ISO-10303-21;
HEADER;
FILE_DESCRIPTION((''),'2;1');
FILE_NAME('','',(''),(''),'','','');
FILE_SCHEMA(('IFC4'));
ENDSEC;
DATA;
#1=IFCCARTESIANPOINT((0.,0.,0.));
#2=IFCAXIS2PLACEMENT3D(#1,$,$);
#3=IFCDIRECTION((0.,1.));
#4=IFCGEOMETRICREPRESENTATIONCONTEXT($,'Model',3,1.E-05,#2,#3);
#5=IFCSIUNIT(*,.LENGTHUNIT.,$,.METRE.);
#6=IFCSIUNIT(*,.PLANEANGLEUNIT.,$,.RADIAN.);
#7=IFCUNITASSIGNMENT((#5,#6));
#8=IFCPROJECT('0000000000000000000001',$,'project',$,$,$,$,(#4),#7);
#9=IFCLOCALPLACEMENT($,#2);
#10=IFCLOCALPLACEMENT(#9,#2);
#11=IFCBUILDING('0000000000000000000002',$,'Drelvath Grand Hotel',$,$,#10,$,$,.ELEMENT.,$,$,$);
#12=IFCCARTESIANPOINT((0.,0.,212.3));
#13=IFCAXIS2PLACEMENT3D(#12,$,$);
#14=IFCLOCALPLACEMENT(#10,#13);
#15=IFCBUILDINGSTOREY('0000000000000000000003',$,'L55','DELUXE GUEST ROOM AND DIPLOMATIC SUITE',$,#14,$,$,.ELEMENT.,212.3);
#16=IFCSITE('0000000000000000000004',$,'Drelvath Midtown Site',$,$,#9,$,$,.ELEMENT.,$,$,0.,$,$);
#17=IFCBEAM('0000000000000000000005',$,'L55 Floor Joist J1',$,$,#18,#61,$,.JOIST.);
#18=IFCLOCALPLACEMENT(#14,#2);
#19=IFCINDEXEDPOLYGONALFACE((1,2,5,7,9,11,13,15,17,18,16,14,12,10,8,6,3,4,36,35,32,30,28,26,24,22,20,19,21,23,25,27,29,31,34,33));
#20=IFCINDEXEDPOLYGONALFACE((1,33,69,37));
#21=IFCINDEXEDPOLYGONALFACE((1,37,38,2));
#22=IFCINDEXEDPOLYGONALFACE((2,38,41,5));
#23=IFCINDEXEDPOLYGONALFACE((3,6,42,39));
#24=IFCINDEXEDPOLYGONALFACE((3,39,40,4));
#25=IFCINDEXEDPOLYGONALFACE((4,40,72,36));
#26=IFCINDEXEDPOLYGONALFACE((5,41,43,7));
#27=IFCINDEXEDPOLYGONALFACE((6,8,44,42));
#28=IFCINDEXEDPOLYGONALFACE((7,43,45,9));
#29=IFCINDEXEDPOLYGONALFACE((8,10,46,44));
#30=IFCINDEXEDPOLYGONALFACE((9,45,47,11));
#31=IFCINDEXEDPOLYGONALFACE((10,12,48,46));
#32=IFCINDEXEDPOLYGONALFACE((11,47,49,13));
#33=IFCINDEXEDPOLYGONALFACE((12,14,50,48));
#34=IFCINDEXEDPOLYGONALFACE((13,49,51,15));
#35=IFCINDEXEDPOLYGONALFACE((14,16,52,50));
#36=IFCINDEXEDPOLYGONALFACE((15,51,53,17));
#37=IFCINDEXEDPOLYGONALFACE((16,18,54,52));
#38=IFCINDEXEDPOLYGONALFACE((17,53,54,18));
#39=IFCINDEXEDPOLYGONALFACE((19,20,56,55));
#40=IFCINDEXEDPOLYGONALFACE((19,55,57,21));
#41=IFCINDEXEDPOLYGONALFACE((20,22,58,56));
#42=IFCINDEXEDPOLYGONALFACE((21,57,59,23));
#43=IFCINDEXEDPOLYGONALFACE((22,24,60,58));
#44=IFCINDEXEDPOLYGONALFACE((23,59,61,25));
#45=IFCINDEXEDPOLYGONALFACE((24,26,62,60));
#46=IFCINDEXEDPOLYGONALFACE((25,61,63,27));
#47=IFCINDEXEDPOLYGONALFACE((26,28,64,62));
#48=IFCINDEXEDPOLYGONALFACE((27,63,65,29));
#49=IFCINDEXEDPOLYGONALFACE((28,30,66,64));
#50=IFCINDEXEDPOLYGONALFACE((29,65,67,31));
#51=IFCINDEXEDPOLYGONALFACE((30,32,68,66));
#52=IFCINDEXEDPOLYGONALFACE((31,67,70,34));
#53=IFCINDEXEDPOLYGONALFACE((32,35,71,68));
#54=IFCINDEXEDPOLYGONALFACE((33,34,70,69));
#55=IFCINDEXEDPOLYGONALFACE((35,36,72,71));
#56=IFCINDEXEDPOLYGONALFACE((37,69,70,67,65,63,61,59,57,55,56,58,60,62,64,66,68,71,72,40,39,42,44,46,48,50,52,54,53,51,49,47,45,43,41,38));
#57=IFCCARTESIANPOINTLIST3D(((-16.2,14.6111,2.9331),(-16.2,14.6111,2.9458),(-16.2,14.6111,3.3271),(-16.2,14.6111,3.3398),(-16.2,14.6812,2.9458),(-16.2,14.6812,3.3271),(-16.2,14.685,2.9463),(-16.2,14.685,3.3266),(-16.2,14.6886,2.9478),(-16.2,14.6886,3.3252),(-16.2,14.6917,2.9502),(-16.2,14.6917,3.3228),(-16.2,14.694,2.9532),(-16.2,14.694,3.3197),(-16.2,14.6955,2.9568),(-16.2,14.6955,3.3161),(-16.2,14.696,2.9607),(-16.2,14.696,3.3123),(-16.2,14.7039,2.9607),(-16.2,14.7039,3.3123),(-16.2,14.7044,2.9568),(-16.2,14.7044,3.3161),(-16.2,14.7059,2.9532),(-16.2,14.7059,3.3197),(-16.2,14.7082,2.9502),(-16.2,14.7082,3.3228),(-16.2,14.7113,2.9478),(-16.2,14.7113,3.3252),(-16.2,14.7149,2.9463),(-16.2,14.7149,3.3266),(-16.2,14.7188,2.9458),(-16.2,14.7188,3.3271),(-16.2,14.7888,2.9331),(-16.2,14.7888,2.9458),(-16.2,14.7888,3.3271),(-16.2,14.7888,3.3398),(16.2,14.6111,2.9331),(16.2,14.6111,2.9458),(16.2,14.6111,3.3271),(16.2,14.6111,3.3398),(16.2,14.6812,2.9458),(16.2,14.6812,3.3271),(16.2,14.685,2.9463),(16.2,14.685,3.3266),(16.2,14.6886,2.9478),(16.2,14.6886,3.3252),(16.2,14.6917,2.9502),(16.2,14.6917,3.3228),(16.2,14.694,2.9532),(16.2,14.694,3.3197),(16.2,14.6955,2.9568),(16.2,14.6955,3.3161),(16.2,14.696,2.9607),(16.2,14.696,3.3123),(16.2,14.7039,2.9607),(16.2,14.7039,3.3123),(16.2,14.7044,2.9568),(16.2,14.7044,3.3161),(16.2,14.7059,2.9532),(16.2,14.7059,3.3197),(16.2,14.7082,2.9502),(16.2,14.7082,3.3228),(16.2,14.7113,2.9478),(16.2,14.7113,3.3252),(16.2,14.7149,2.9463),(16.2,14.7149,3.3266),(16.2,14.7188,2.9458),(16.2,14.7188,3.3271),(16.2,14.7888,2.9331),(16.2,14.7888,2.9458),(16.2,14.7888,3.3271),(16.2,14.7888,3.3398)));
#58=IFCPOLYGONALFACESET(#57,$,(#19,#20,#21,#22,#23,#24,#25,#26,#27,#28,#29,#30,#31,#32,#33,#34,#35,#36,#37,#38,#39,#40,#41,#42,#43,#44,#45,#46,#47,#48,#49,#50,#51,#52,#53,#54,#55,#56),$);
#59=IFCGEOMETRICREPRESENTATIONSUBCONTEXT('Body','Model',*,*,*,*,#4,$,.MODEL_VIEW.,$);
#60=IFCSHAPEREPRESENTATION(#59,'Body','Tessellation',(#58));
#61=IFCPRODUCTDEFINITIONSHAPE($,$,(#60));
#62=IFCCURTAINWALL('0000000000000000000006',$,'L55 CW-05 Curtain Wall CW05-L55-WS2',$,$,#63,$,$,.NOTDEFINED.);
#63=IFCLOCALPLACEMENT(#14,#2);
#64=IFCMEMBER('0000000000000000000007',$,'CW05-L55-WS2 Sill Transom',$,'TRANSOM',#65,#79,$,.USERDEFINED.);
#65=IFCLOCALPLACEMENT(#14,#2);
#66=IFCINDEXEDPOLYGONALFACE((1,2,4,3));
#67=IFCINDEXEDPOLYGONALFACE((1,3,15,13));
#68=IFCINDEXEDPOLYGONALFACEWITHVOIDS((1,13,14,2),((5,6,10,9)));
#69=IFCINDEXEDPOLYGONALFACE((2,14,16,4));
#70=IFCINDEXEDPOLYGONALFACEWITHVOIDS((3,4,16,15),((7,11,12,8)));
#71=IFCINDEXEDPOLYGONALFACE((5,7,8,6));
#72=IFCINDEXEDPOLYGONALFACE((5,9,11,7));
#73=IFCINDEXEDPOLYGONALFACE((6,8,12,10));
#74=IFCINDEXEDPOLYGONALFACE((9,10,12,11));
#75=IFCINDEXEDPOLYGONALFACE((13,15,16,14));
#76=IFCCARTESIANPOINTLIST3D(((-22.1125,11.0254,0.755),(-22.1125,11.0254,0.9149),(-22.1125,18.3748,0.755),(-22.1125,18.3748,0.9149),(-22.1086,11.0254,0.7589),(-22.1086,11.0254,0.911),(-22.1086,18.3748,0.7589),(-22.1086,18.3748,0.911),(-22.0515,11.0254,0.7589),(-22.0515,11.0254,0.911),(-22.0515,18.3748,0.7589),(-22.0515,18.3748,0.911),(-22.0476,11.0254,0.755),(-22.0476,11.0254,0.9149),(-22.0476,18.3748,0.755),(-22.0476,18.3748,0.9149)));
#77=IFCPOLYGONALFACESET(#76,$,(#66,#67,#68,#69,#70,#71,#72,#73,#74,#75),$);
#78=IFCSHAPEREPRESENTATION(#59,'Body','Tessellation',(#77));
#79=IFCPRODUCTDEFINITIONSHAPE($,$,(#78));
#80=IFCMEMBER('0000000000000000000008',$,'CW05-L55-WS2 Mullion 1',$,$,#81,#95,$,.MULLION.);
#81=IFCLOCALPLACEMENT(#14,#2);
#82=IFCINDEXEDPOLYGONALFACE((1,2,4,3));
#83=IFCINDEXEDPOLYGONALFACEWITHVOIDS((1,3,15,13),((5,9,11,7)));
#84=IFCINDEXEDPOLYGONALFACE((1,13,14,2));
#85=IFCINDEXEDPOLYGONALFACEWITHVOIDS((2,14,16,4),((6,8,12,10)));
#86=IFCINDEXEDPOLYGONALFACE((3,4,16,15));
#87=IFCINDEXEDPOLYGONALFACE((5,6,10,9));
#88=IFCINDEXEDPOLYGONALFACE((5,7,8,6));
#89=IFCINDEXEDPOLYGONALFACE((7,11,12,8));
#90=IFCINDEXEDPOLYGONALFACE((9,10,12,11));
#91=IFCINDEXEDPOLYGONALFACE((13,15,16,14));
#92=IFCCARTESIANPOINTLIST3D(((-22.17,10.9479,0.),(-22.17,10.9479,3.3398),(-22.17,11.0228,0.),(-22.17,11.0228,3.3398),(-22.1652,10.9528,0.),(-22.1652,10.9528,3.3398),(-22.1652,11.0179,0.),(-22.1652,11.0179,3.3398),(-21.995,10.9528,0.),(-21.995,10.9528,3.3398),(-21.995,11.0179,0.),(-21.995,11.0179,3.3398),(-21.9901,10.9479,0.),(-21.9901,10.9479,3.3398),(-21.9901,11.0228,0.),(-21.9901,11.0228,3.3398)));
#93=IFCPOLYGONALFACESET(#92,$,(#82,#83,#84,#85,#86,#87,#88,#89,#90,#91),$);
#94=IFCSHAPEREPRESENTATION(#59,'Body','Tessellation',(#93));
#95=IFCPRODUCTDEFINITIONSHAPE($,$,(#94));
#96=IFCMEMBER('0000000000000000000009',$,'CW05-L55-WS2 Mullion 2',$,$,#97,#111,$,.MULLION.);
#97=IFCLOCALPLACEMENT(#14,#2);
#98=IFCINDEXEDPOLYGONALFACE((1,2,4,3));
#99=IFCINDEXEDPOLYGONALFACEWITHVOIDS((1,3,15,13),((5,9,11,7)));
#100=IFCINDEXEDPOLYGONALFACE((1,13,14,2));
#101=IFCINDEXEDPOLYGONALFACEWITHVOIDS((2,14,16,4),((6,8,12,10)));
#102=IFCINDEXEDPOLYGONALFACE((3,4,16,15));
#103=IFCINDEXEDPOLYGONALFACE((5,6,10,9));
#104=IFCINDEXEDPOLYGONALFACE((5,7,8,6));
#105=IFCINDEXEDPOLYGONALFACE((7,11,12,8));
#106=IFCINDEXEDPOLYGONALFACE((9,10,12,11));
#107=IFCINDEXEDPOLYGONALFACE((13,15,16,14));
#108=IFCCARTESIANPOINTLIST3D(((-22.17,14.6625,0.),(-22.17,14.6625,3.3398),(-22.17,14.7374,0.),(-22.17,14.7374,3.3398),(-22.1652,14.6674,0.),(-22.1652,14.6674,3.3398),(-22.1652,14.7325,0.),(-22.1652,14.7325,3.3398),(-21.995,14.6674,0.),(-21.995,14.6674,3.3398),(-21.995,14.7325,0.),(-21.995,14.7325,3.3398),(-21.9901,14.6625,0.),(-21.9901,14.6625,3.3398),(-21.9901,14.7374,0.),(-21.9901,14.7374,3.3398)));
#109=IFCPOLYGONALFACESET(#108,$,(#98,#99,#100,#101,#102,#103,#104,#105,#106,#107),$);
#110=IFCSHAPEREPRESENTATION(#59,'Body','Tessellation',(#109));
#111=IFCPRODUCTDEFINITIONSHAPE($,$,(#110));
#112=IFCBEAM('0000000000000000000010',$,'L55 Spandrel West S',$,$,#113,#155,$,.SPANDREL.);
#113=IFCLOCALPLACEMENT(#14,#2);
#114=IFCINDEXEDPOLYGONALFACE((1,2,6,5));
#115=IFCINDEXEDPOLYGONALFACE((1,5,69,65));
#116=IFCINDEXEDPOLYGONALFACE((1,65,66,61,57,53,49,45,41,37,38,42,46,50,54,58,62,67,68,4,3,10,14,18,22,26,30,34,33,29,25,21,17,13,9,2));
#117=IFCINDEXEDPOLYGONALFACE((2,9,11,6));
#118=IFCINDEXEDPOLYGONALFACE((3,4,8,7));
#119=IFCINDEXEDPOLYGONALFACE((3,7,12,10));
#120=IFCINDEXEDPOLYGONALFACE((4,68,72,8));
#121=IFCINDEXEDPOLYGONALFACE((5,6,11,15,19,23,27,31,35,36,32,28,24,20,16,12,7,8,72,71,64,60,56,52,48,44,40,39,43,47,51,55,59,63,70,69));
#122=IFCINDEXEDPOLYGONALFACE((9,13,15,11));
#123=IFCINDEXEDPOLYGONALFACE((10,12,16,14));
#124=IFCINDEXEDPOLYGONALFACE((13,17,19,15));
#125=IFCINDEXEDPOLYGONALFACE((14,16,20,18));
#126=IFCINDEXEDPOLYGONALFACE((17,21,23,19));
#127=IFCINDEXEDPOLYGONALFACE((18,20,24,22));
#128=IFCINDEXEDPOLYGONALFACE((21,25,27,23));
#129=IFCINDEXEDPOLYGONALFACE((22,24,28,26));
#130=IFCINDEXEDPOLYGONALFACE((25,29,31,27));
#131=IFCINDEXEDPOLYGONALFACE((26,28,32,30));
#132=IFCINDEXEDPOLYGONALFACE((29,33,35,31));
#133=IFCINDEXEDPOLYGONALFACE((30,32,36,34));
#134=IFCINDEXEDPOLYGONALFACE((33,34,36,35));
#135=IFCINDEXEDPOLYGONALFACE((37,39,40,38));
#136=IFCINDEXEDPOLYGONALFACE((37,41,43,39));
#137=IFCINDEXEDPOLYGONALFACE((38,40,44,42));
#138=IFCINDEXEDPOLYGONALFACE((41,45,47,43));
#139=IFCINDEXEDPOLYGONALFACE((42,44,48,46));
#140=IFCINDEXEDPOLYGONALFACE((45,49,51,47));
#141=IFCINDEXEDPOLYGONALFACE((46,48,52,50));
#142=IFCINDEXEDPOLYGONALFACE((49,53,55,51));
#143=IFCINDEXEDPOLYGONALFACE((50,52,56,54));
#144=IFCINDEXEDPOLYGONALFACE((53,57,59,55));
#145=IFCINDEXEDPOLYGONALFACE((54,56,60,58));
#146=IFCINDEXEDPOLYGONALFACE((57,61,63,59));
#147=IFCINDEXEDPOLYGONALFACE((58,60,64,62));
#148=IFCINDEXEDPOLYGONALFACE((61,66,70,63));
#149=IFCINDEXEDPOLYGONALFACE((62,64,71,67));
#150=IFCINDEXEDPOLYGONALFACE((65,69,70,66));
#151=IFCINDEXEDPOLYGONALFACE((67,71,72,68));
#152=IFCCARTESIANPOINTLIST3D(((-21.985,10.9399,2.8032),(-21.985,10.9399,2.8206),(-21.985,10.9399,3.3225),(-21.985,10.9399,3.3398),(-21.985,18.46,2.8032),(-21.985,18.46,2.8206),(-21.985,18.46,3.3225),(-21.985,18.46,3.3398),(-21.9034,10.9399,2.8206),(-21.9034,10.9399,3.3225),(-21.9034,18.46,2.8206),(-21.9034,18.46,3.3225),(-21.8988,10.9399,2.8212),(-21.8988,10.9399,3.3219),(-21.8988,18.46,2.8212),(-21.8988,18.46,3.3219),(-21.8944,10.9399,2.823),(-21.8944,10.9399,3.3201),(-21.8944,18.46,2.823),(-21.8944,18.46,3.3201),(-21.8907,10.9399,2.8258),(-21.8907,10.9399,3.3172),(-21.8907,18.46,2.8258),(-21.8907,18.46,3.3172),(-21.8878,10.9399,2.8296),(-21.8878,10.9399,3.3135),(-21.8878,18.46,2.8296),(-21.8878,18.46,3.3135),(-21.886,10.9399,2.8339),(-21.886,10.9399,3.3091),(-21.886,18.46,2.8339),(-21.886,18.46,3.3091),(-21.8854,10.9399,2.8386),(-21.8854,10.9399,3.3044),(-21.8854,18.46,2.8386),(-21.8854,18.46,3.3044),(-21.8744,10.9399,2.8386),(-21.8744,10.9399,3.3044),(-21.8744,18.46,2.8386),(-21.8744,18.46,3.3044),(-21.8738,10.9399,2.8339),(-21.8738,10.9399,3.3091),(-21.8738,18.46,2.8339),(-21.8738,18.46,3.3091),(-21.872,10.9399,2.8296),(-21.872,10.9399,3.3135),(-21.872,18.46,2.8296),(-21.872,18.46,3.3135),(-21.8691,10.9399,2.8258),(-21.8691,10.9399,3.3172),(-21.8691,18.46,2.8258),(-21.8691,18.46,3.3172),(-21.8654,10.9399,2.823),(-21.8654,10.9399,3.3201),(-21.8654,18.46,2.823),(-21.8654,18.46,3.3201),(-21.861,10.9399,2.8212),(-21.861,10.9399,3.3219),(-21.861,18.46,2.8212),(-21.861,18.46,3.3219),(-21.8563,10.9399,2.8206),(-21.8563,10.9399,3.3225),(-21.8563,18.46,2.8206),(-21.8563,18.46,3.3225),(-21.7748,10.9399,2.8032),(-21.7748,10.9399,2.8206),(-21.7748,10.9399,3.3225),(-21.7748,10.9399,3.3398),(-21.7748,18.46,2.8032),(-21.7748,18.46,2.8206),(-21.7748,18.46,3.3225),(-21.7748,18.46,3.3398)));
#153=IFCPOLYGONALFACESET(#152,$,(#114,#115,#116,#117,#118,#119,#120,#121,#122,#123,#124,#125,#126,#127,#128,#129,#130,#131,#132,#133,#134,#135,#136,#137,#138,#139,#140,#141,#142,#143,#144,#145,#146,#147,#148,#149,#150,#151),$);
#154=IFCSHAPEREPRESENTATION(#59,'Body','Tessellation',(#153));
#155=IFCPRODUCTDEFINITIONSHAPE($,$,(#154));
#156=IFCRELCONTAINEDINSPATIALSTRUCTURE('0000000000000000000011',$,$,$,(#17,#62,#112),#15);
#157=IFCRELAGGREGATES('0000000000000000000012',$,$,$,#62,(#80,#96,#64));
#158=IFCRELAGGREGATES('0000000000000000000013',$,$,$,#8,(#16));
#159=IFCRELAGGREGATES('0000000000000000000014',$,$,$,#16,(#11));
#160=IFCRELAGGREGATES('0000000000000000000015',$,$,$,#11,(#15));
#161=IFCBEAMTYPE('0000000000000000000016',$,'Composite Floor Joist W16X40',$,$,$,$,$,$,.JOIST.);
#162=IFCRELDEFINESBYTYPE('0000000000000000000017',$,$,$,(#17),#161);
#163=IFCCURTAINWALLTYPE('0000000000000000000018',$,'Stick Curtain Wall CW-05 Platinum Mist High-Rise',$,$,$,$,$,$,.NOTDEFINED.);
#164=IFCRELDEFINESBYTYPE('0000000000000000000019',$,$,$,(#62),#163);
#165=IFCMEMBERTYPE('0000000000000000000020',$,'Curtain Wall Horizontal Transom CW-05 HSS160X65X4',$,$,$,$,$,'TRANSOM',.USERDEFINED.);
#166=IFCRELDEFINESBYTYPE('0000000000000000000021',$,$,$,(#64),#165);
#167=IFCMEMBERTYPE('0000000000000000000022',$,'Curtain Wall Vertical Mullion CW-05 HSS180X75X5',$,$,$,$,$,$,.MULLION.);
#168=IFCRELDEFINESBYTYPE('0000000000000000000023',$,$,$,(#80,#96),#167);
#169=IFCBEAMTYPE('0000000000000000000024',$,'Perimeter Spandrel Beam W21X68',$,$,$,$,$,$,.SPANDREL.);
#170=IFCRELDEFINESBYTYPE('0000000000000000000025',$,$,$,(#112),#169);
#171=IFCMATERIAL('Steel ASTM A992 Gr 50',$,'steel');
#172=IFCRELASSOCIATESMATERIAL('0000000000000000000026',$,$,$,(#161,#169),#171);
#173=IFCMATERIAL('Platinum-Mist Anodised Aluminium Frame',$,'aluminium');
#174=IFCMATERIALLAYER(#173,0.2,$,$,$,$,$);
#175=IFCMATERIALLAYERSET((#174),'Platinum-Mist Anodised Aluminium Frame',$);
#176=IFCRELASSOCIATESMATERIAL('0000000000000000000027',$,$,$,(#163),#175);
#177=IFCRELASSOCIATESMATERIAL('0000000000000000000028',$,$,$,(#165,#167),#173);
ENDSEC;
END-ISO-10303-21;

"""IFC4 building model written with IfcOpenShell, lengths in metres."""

from ifc_helpers import new_model, si_unit, direction, frame, origin, origin_2d, place, context, subcontext, project, spatial, hollow_rectangle, i_section, extrude, material, layer, layer_set, material_profile, profile_set, type_object, element, aggregate, save


model = new_model("IFC4")

# Units and contexts
model_context = context("Model", 3, precision=1e-05, world=origin(), true_north=direction((0.0, 1.0)))
body_context = subcontext(model_context, "Body", "Model", "MODEL_VIEW")
ifc_project = project(units=[si_unit("LENGTHUNIT", "METRE"), si_unit("PLANEANGLEUNIT", "RADIAN")], contexts=[model_context])

# Site, building, storey
site_placement = place(None, origin())
site = spatial("IfcSite", under=ifc_project, at=site_placement, Name="Drelvath Midtown Site", CompositionType="ELEMENT", RefElevation=0.0)
building_placement = place(site_placement, origin())
building = spatial("IfcBuilding", under=site, at=building_placement, Name="Drelvath Grand Hotel", CompositionType="ELEMENT")
storey_placement = place(building_placement, frame((0.0, 0.0, 212.3)))
storey = spatial("IfcBuildingStorey", under=building, at=storey_placement, Name="L55", Description="DELUXE GUEST ROOM AND DIPLOMATIC SUITE", CompositionType="ELEMENT", Elevation=212.3)

# Beam
ifc_material_1 = material(Name="Steel ASTM A992 Gr 50", Category="steel")
ifc_material_profile_1 = material_profile(ifc_material_1, i_section(OverallWidth=0.1777, OverallDepth=0.4067, WebThickness=0.0078, FlangeThickness=0.0127, FilletRadius=0.0149, at=origin_2d()), Name="W16X40")
ifc_profile_set_1 = profile_set([ifc_material_profile_1], Name="Steel ASTM A992 Gr 50")
beam_type_1 = type_object("IfcBeamType", Name="Composite Floor Joist W16X40", PredefinedType="JOIST", material=ifc_profile_set_1)
beam_1_placement = place(storey_placement, frame((-16.2, 14.7, 3.1365), z_axis=(1.0, 0.0, 0.0), x_axis=(0.0, 1.0, 0.0)))
element("IfcBeam", 1, at=beam_1_placement, inside=storey, type_object=beam_type_1, Name="L55 Floor Joist J1", PredefinedType="JOIST", context=body_context, shape_type="SweptSolid", body=[
    extrude(i_section(OverallWidth=0.1777, OverallDepth=0.4067, WebThickness=0.0078, FlangeThickness=0.0127, FilletRadius=0.0149, at=origin_2d()), origin(), (0.0, 0.0, 1.0), 32.3999),
])

# Curtain wall, members
ifc_material_2 = material(Name="Platinum-Mist Anodised Aluminium Frame", Category="aluminium")
ifc_layer_1 = layer(ifc_material_2, 0.2)
ifc_layer_set_1 = layer_set([ifc_layer_1], Name="Platinum-Mist Anodised Aluminium Frame")
curtain_wall_type = type_object("IfcCurtainWallType", Name="Stick Curtain Wall CW-05 Platinum Mist High-Rise", PredefinedType="NOTDEFINED", material=ifc_layer_set_1)
curtain_wall_placement = place(storey_placement, origin())
curtain_wall = element("IfcCurtainWall", 2, at=curtain_wall_placement, inside=storey, type_object=curtain_wall_type, Name="L55 CW-05 Curtain Wall CW05-L55-WS2", PredefinedType="NOTDEFINED")
ifc_material_profile_2 = material_profile(ifc_material_2, hollow_rectangle(XDim=0.0649, YDim=0.1599, WallThickness=0.0039, at=origin_2d()), Name="HSS160X65X4")
ifc_profile_set_2 = profile_set([ifc_material_profile_2], Name="Platinum-Mist Anodised Aluminium Frame")
member_type_1 = type_object("IfcMemberType", Name="Curtain Wall Horizontal Transom CW-05 HSS160X65X4", ElementType="TRANSOM", PredefinedType="USERDEFINED", material=ifc_profile_set_2)
member_1_placement = place(storey_placement, frame((-22.0801, 11.0254, 0.835), z_axis=(0.0, 1.0, 0.0), x_axis=(-1.0, 0.0, 0.0)))
member_1 = element("IfcMember", 3, at=member_1_placement, type_object=member_type_1, Name="CW05-L55-WS2 Sill Transom", ObjectType="TRANSOM", PredefinedType="USERDEFINED", context=body_context, shape_type="SweptSolid", body=[
    extrude(hollow_rectangle(XDim=0.0649, YDim=0.1599, WallThickness=0.0039, at=origin_2d()), origin(), (0.0, 0.0, 1.0), 7.3494),
])
ifc_material_profile_3 = material_profile(ifc_material_2, hollow_rectangle(XDim=0.075, YDim=0.1799, WallThickness=0.0049, at=origin_2d()), Name="HSS180X75X5")
ifc_profile_set_3 = profile_set([ifc_material_profile_3], Name="Platinum-Mist Anodised Aluminium Frame")
member_type_2 = type_object("IfcMemberType", Name="Curtain Wall Vertical Mullion CW-05 HSS180X75X5", PredefinedType="MULLION", material=ifc_profile_set_3)
member_2_placement = place(storey_placement, frame((-22.0801, 10.9854, 0.0), z_axis=(0.0, 0.0, 1.0), x_axis=(0.0, 1.0, 0.0)))
member_2 = element("IfcMember", 4, at=member_2_placement, type_object=member_type_2, Name="CW05-L55-WS2 Mullion 1", PredefinedType="MULLION", context=body_context, shape_type="SweptSolid", body=[
    extrude(hollow_rectangle(XDim=0.075, YDim=0.1799, WallThickness=0.0049, at=origin_2d()), origin(), (0.0, 0.0, 1.0), 3.3398),
])
member_3_placement = place(storey_placement, frame((-22.0801, 14.7, 0.0), z_axis=(0.0, 0.0, 1.0), x_axis=(0.0, 1.0, 0.0)))
member_3 = element("IfcMember", 5, at=member_3_placement, type_object=member_type_2, Name="CW05-L55-WS2 Mullion 2", PredefinedType="MULLION", context=body_context, shape_type="SweptSolid", body=[
    extrude(hollow_rectangle(XDim=0.075, YDim=0.1799, WallThickness=0.0049, at=origin_2d()), origin(), (0.0, 0.0, 1.0), 3.3398),
])

# Beam
ifc_material_profile_4 = material_profile(ifc_material_1, i_section(OverallWidth=0.2102, OverallDepth=0.5366, WebThickness=0.011, FlangeThickness=0.0173, FilletRadius=0.0181, at=origin_2d()), Name="W21X68")
ifc_profile_set_4 = profile_set([ifc_material_profile_4], Name="Steel ASTM A992 Gr 50")
beam_type_2 = type_object("IfcBeamType", Name="Perimeter Spandrel Beam W21X68", PredefinedType="SPANDREL", material=ifc_profile_set_4)
beam_2_placement = place(storey_placement, frame((-21.8799, 10.9399, 3.0715), z_axis=(0.0, 1.0, 0.0), x_axis=(-1.0, 0.0, 0.0)))
element("IfcBeam", 6, at=beam_2_placement, inside=storey, type_object=beam_type_2, Name="L55 Spandrel West S", PredefinedType="SPANDREL", context=body_context, shape_type="SweptSolid", body=[
    extrude(i_section(OverallWidth=0.2102, OverallDepth=0.5366, WebThickness=0.011, FlangeThickness=0.0173, FilletRadius=0.0181, at=origin_2d()), origin(), (0.0, 0.0, 1.0), 7.52),
])

aggregate(curtain_wall, [member_2, member_3, member_1])

save(model, "model.ifc")
